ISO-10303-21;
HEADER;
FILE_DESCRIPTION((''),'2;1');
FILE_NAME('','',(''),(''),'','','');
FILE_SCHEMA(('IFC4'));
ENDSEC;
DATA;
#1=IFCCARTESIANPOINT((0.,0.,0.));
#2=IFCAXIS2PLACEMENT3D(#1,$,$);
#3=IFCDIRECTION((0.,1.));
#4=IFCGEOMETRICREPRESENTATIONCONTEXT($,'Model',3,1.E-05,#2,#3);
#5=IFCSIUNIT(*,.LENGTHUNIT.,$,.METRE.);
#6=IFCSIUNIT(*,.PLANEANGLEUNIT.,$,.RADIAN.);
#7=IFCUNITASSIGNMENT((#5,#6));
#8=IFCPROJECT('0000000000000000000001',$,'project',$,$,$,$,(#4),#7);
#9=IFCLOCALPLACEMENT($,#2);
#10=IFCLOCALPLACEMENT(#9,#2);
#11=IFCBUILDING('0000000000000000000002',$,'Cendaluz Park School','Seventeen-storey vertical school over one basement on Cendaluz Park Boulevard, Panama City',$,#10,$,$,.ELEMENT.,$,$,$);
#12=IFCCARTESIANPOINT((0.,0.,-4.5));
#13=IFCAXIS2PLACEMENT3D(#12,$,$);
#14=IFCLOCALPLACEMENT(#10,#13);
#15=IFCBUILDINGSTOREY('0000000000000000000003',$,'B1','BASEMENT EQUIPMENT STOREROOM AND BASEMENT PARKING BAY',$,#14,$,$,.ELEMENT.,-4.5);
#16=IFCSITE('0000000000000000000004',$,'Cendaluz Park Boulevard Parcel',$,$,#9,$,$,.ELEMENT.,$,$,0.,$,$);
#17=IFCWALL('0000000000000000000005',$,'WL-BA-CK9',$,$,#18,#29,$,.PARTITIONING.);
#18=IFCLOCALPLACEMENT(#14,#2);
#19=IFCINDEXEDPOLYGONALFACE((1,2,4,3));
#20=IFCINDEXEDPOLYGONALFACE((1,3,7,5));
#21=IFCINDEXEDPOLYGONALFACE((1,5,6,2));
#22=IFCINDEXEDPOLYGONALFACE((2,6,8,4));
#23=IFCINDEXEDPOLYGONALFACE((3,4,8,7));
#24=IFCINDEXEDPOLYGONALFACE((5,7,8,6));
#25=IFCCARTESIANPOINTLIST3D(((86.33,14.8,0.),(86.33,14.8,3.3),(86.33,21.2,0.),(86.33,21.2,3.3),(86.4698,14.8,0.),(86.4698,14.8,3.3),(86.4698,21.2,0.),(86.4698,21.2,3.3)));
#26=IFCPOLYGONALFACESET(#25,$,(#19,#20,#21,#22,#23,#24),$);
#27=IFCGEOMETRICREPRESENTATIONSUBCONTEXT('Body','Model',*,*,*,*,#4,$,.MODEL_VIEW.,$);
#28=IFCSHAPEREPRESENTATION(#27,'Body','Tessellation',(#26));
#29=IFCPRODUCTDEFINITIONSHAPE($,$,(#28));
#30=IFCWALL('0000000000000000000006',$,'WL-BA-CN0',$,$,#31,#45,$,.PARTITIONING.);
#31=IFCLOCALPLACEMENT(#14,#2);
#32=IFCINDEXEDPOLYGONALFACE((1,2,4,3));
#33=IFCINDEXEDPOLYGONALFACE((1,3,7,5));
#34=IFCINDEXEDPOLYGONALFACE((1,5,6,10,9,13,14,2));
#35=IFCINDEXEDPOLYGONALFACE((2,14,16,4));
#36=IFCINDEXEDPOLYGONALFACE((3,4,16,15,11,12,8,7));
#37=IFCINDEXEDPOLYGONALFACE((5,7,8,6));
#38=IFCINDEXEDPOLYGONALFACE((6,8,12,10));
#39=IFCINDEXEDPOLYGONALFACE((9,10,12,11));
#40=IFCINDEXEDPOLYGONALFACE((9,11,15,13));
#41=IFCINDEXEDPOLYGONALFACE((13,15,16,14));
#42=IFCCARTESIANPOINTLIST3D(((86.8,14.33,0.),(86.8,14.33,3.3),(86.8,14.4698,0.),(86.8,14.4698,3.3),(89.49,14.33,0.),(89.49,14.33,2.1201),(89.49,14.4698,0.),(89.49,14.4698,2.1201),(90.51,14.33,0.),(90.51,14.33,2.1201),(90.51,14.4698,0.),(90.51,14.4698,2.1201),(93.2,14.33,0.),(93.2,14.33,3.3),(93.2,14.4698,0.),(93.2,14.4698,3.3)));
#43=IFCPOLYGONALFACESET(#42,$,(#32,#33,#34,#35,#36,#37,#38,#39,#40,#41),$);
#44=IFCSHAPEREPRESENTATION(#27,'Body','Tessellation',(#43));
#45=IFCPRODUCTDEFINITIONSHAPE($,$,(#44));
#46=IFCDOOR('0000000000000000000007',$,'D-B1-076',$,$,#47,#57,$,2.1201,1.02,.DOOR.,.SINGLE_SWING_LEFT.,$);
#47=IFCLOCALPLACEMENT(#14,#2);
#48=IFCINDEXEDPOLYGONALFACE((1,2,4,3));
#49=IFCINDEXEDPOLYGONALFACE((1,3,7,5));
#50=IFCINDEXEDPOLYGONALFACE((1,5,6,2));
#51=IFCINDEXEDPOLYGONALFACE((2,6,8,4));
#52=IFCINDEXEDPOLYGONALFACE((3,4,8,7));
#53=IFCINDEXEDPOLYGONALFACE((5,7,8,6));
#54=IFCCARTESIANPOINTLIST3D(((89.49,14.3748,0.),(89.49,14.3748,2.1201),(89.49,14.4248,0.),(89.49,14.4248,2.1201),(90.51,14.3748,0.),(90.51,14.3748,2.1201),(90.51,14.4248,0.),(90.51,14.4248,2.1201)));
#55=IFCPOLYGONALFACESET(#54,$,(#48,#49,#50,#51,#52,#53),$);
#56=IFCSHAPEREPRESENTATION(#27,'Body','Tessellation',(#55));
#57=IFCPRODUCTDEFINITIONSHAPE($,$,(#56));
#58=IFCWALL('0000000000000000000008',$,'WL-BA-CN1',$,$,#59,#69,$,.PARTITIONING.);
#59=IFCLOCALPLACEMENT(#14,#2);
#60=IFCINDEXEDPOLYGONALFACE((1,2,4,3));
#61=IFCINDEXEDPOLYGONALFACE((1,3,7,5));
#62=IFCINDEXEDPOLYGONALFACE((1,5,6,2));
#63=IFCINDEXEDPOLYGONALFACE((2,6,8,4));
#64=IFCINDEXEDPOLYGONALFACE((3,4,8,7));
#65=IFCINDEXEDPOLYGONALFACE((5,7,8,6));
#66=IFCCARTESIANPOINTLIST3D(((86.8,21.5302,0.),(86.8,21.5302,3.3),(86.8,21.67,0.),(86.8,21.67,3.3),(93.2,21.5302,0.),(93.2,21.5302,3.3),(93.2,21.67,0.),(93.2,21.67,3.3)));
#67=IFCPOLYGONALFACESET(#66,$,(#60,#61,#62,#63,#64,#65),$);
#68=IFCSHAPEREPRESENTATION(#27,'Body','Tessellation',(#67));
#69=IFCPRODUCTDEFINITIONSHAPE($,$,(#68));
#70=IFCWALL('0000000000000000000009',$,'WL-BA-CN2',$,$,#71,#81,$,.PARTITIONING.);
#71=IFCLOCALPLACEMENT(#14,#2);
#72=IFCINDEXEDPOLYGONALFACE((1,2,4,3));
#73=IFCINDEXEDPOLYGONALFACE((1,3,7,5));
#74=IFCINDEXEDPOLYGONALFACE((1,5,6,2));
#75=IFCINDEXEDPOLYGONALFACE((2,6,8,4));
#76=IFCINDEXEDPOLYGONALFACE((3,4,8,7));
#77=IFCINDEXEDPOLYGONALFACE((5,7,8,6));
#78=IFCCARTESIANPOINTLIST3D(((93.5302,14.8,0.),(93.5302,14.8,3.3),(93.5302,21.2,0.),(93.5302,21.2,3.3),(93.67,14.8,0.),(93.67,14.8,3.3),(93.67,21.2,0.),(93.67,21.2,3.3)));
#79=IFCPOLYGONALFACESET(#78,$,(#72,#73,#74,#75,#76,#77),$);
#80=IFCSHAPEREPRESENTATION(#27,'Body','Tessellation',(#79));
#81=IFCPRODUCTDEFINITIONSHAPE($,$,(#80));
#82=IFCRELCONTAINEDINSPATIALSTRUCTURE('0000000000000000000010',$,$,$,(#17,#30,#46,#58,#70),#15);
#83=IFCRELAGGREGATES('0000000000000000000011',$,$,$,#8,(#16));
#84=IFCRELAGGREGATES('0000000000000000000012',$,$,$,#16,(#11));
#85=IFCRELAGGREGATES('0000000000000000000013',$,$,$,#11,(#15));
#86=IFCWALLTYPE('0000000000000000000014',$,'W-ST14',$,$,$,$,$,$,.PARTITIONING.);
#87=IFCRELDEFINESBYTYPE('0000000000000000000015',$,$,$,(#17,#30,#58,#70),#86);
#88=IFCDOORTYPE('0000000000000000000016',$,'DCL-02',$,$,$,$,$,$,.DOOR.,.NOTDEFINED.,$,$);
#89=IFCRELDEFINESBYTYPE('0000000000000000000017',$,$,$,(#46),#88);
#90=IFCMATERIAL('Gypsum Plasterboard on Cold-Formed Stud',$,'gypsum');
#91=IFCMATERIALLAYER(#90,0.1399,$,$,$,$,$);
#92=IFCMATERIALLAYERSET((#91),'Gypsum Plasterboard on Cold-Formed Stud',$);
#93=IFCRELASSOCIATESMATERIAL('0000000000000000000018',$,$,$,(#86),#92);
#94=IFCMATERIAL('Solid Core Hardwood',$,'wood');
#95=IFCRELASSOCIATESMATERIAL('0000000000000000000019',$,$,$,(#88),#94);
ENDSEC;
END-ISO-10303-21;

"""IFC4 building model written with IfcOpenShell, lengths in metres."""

from ifc_helpers import new_model, si_unit, direction, frame, frame_2d, origin, place, context, subcontext, project, spatial, rectangle, extrude, material, layer, layer_set, type_object, element, fill, save


model = new_model("IFC4")

# Units and contexts
model_context = context("Model", 3, precision=1e-05, world=origin(), true_north=direction((0.0, 1.0)))
body_context = subcontext(model_context, "Body", "Model", "MODEL_VIEW")
ifc_project = project(units=[si_unit("LENGTHUNIT", "METRE"), si_unit("PLANEANGLEUNIT", "RADIAN")], contexts=[model_context])

# Site, building, storey
site_placement = place(None, origin())
site = spatial("IfcSite", under=ifc_project, at=site_placement, Name="Cendaluz Park Boulevard Parcel", CompositionType="ELEMENT", RefElevation=0.0)
building_placement = place(site_placement, origin())
building = spatial("IfcBuilding", under=site, at=building_placement, Name="Cendaluz Park School", Description="Seventeen-storey vertical school over one basement on Cendaluz Park Boulevard, Panama City", CompositionType="ELEMENT")
storey_placement = place(building_placement, frame((0.0, 0.0, -4.5)))
storey = spatial("IfcBuildingStorey", under=building, at=storey_placement, Name="B1", Description="BASEMENT EQUIPMENT STOREROOM AND BASEMENT PARKING BAY", CompositionType="ELEMENT", Elevation=-4.5)

# Wall
ifc_material_1 = material(Name="Gypsum Plasterboard on Cold-Formed Stud", Category="gypsum")
ifc_layer = layer(ifc_material_1, 0.1399)
ifc_layer_set = layer_set([ifc_layer], Name="Gypsum Plasterboard on Cold-Formed Stud")
wall_type = type_object("IfcWallType", Name="W-ST14", PredefinedType="PARTITIONING", material=ifc_layer_set)
wall_1_placement = place(storey_placement, frame((86.3999, 14.8, 0.0), z_axis=(0.0, 0.0, 1.0), x_axis=(0.0, 1.0, 0.0)))
element("IfcWall", 1, at=wall_1_placement, inside=storey, type_object=wall_type, Name="WL-BA-CK9", PredefinedType="PARTITIONING", context=body_context, shape_type="SweptSolid", body=[
    extrude(rectangle(XDim=6.3999, YDim=0.1399, at=frame_2d((3.2, 0.0))), origin(), (0.0, 0.0, 1.0), 3.3),
])

# Wall, opening, door
wall_2_placement = place(storey_placement, frame((86.8, 14.3999, 0.0), z_axis=(0.0, 0.0, 1.0), x_axis=(1.0, 0.0, 0.0)))
wall_2 = element("IfcWall", 2, at=wall_2_placement, inside=storey, type_object=wall_type, Name="WL-BA-CN0", PredefinedType="PARTITIONING", context=body_context, shape_type="SweptSolid", body=[
    extrude(rectangle(XDim=6.3999, YDim=0.1399, at=frame_2d((3.2, 0.0))), origin(), (0.0, 0.0, 1.0), 3.3),
])
opening_placement = place(wall_2_placement, frame((2.6899, 0.0, 0.0)))
opening = element("IfcOpeningElement", 3, at=opening_placement, cuts=wall_2, PredefinedType="OPENING", context=body_context, shape_type="SweptSolid", body=[
    extrude(rectangle(XDim=1.02, YDim=2.1201, at=frame_2d((0.51, 1.0601))), frame((0.0, 0.082, 0.0), z_axis=(0.0, -1.0, 0.0), x_axis=(1.0, 0.0, 0.0)), (0.0, 0.0, 1.0), 0.1638),
])
ifc_material_2 = material(Name="Solid Core Hardwood", Category="wood")
door_type = type_object("IfcDoorType", Name="DCL-02", OperationType="NOTDEFINED", PredefinedType="DOOR", material=ifc_material_2)
door_placement = place(opening_placement, origin())
door = element("IfcDoor", 4, at=door_placement, inside=storey, type_object=door_type, Name="D-B1-076", OperationType="SINGLE_SWING_LEFT", OverallHeight=2.1201, OverallWidth=1.02, PredefinedType="DOOR", context=body_context, shape_type="SweptSolid", body=[
    extrude(rectangle(XDim=1.02, YDim=2.1201, at=frame_2d((0.51, 1.0601))), frame((0.0, 0.0249, 0.0), z_axis=(0.0, -1.0, 0.0), x_axis=(1.0, 0.0, 0.0)), (0.0, 0.0, 1.0), 0.05),
])
fill(opening, door)

# Walls
for number, where, z_axis, x_axis, name in (
    (5, (86.8, 21.6001, 0.0), (0.0, 0.0, 1.0), (1.0, 0.0, 0.0), "WL-BA-CN1"),
    (6, (93.6001, 14.8, 0.0), (0.0, 0.0, 1.0), (0.0, 1.0, 0.0), "WL-BA-CN2"),
):
    element("IfcWall", number, at=place(storey_placement, frame(where, z_axis=z_axis, x_axis=x_axis)), inside=storey, type_object=wall_type, Name=name, PredefinedType="PARTITIONING", context=body_context, shape_type="SweptSolid", body=[
        extrude(rectangle(XDim=6.3999, YDim=0.1399, at=frame_2d((3.2, 0.0))), origin(), (0.0, 0.0, 1.0), 3.3),
    ])

save(model, "model.ifc")
